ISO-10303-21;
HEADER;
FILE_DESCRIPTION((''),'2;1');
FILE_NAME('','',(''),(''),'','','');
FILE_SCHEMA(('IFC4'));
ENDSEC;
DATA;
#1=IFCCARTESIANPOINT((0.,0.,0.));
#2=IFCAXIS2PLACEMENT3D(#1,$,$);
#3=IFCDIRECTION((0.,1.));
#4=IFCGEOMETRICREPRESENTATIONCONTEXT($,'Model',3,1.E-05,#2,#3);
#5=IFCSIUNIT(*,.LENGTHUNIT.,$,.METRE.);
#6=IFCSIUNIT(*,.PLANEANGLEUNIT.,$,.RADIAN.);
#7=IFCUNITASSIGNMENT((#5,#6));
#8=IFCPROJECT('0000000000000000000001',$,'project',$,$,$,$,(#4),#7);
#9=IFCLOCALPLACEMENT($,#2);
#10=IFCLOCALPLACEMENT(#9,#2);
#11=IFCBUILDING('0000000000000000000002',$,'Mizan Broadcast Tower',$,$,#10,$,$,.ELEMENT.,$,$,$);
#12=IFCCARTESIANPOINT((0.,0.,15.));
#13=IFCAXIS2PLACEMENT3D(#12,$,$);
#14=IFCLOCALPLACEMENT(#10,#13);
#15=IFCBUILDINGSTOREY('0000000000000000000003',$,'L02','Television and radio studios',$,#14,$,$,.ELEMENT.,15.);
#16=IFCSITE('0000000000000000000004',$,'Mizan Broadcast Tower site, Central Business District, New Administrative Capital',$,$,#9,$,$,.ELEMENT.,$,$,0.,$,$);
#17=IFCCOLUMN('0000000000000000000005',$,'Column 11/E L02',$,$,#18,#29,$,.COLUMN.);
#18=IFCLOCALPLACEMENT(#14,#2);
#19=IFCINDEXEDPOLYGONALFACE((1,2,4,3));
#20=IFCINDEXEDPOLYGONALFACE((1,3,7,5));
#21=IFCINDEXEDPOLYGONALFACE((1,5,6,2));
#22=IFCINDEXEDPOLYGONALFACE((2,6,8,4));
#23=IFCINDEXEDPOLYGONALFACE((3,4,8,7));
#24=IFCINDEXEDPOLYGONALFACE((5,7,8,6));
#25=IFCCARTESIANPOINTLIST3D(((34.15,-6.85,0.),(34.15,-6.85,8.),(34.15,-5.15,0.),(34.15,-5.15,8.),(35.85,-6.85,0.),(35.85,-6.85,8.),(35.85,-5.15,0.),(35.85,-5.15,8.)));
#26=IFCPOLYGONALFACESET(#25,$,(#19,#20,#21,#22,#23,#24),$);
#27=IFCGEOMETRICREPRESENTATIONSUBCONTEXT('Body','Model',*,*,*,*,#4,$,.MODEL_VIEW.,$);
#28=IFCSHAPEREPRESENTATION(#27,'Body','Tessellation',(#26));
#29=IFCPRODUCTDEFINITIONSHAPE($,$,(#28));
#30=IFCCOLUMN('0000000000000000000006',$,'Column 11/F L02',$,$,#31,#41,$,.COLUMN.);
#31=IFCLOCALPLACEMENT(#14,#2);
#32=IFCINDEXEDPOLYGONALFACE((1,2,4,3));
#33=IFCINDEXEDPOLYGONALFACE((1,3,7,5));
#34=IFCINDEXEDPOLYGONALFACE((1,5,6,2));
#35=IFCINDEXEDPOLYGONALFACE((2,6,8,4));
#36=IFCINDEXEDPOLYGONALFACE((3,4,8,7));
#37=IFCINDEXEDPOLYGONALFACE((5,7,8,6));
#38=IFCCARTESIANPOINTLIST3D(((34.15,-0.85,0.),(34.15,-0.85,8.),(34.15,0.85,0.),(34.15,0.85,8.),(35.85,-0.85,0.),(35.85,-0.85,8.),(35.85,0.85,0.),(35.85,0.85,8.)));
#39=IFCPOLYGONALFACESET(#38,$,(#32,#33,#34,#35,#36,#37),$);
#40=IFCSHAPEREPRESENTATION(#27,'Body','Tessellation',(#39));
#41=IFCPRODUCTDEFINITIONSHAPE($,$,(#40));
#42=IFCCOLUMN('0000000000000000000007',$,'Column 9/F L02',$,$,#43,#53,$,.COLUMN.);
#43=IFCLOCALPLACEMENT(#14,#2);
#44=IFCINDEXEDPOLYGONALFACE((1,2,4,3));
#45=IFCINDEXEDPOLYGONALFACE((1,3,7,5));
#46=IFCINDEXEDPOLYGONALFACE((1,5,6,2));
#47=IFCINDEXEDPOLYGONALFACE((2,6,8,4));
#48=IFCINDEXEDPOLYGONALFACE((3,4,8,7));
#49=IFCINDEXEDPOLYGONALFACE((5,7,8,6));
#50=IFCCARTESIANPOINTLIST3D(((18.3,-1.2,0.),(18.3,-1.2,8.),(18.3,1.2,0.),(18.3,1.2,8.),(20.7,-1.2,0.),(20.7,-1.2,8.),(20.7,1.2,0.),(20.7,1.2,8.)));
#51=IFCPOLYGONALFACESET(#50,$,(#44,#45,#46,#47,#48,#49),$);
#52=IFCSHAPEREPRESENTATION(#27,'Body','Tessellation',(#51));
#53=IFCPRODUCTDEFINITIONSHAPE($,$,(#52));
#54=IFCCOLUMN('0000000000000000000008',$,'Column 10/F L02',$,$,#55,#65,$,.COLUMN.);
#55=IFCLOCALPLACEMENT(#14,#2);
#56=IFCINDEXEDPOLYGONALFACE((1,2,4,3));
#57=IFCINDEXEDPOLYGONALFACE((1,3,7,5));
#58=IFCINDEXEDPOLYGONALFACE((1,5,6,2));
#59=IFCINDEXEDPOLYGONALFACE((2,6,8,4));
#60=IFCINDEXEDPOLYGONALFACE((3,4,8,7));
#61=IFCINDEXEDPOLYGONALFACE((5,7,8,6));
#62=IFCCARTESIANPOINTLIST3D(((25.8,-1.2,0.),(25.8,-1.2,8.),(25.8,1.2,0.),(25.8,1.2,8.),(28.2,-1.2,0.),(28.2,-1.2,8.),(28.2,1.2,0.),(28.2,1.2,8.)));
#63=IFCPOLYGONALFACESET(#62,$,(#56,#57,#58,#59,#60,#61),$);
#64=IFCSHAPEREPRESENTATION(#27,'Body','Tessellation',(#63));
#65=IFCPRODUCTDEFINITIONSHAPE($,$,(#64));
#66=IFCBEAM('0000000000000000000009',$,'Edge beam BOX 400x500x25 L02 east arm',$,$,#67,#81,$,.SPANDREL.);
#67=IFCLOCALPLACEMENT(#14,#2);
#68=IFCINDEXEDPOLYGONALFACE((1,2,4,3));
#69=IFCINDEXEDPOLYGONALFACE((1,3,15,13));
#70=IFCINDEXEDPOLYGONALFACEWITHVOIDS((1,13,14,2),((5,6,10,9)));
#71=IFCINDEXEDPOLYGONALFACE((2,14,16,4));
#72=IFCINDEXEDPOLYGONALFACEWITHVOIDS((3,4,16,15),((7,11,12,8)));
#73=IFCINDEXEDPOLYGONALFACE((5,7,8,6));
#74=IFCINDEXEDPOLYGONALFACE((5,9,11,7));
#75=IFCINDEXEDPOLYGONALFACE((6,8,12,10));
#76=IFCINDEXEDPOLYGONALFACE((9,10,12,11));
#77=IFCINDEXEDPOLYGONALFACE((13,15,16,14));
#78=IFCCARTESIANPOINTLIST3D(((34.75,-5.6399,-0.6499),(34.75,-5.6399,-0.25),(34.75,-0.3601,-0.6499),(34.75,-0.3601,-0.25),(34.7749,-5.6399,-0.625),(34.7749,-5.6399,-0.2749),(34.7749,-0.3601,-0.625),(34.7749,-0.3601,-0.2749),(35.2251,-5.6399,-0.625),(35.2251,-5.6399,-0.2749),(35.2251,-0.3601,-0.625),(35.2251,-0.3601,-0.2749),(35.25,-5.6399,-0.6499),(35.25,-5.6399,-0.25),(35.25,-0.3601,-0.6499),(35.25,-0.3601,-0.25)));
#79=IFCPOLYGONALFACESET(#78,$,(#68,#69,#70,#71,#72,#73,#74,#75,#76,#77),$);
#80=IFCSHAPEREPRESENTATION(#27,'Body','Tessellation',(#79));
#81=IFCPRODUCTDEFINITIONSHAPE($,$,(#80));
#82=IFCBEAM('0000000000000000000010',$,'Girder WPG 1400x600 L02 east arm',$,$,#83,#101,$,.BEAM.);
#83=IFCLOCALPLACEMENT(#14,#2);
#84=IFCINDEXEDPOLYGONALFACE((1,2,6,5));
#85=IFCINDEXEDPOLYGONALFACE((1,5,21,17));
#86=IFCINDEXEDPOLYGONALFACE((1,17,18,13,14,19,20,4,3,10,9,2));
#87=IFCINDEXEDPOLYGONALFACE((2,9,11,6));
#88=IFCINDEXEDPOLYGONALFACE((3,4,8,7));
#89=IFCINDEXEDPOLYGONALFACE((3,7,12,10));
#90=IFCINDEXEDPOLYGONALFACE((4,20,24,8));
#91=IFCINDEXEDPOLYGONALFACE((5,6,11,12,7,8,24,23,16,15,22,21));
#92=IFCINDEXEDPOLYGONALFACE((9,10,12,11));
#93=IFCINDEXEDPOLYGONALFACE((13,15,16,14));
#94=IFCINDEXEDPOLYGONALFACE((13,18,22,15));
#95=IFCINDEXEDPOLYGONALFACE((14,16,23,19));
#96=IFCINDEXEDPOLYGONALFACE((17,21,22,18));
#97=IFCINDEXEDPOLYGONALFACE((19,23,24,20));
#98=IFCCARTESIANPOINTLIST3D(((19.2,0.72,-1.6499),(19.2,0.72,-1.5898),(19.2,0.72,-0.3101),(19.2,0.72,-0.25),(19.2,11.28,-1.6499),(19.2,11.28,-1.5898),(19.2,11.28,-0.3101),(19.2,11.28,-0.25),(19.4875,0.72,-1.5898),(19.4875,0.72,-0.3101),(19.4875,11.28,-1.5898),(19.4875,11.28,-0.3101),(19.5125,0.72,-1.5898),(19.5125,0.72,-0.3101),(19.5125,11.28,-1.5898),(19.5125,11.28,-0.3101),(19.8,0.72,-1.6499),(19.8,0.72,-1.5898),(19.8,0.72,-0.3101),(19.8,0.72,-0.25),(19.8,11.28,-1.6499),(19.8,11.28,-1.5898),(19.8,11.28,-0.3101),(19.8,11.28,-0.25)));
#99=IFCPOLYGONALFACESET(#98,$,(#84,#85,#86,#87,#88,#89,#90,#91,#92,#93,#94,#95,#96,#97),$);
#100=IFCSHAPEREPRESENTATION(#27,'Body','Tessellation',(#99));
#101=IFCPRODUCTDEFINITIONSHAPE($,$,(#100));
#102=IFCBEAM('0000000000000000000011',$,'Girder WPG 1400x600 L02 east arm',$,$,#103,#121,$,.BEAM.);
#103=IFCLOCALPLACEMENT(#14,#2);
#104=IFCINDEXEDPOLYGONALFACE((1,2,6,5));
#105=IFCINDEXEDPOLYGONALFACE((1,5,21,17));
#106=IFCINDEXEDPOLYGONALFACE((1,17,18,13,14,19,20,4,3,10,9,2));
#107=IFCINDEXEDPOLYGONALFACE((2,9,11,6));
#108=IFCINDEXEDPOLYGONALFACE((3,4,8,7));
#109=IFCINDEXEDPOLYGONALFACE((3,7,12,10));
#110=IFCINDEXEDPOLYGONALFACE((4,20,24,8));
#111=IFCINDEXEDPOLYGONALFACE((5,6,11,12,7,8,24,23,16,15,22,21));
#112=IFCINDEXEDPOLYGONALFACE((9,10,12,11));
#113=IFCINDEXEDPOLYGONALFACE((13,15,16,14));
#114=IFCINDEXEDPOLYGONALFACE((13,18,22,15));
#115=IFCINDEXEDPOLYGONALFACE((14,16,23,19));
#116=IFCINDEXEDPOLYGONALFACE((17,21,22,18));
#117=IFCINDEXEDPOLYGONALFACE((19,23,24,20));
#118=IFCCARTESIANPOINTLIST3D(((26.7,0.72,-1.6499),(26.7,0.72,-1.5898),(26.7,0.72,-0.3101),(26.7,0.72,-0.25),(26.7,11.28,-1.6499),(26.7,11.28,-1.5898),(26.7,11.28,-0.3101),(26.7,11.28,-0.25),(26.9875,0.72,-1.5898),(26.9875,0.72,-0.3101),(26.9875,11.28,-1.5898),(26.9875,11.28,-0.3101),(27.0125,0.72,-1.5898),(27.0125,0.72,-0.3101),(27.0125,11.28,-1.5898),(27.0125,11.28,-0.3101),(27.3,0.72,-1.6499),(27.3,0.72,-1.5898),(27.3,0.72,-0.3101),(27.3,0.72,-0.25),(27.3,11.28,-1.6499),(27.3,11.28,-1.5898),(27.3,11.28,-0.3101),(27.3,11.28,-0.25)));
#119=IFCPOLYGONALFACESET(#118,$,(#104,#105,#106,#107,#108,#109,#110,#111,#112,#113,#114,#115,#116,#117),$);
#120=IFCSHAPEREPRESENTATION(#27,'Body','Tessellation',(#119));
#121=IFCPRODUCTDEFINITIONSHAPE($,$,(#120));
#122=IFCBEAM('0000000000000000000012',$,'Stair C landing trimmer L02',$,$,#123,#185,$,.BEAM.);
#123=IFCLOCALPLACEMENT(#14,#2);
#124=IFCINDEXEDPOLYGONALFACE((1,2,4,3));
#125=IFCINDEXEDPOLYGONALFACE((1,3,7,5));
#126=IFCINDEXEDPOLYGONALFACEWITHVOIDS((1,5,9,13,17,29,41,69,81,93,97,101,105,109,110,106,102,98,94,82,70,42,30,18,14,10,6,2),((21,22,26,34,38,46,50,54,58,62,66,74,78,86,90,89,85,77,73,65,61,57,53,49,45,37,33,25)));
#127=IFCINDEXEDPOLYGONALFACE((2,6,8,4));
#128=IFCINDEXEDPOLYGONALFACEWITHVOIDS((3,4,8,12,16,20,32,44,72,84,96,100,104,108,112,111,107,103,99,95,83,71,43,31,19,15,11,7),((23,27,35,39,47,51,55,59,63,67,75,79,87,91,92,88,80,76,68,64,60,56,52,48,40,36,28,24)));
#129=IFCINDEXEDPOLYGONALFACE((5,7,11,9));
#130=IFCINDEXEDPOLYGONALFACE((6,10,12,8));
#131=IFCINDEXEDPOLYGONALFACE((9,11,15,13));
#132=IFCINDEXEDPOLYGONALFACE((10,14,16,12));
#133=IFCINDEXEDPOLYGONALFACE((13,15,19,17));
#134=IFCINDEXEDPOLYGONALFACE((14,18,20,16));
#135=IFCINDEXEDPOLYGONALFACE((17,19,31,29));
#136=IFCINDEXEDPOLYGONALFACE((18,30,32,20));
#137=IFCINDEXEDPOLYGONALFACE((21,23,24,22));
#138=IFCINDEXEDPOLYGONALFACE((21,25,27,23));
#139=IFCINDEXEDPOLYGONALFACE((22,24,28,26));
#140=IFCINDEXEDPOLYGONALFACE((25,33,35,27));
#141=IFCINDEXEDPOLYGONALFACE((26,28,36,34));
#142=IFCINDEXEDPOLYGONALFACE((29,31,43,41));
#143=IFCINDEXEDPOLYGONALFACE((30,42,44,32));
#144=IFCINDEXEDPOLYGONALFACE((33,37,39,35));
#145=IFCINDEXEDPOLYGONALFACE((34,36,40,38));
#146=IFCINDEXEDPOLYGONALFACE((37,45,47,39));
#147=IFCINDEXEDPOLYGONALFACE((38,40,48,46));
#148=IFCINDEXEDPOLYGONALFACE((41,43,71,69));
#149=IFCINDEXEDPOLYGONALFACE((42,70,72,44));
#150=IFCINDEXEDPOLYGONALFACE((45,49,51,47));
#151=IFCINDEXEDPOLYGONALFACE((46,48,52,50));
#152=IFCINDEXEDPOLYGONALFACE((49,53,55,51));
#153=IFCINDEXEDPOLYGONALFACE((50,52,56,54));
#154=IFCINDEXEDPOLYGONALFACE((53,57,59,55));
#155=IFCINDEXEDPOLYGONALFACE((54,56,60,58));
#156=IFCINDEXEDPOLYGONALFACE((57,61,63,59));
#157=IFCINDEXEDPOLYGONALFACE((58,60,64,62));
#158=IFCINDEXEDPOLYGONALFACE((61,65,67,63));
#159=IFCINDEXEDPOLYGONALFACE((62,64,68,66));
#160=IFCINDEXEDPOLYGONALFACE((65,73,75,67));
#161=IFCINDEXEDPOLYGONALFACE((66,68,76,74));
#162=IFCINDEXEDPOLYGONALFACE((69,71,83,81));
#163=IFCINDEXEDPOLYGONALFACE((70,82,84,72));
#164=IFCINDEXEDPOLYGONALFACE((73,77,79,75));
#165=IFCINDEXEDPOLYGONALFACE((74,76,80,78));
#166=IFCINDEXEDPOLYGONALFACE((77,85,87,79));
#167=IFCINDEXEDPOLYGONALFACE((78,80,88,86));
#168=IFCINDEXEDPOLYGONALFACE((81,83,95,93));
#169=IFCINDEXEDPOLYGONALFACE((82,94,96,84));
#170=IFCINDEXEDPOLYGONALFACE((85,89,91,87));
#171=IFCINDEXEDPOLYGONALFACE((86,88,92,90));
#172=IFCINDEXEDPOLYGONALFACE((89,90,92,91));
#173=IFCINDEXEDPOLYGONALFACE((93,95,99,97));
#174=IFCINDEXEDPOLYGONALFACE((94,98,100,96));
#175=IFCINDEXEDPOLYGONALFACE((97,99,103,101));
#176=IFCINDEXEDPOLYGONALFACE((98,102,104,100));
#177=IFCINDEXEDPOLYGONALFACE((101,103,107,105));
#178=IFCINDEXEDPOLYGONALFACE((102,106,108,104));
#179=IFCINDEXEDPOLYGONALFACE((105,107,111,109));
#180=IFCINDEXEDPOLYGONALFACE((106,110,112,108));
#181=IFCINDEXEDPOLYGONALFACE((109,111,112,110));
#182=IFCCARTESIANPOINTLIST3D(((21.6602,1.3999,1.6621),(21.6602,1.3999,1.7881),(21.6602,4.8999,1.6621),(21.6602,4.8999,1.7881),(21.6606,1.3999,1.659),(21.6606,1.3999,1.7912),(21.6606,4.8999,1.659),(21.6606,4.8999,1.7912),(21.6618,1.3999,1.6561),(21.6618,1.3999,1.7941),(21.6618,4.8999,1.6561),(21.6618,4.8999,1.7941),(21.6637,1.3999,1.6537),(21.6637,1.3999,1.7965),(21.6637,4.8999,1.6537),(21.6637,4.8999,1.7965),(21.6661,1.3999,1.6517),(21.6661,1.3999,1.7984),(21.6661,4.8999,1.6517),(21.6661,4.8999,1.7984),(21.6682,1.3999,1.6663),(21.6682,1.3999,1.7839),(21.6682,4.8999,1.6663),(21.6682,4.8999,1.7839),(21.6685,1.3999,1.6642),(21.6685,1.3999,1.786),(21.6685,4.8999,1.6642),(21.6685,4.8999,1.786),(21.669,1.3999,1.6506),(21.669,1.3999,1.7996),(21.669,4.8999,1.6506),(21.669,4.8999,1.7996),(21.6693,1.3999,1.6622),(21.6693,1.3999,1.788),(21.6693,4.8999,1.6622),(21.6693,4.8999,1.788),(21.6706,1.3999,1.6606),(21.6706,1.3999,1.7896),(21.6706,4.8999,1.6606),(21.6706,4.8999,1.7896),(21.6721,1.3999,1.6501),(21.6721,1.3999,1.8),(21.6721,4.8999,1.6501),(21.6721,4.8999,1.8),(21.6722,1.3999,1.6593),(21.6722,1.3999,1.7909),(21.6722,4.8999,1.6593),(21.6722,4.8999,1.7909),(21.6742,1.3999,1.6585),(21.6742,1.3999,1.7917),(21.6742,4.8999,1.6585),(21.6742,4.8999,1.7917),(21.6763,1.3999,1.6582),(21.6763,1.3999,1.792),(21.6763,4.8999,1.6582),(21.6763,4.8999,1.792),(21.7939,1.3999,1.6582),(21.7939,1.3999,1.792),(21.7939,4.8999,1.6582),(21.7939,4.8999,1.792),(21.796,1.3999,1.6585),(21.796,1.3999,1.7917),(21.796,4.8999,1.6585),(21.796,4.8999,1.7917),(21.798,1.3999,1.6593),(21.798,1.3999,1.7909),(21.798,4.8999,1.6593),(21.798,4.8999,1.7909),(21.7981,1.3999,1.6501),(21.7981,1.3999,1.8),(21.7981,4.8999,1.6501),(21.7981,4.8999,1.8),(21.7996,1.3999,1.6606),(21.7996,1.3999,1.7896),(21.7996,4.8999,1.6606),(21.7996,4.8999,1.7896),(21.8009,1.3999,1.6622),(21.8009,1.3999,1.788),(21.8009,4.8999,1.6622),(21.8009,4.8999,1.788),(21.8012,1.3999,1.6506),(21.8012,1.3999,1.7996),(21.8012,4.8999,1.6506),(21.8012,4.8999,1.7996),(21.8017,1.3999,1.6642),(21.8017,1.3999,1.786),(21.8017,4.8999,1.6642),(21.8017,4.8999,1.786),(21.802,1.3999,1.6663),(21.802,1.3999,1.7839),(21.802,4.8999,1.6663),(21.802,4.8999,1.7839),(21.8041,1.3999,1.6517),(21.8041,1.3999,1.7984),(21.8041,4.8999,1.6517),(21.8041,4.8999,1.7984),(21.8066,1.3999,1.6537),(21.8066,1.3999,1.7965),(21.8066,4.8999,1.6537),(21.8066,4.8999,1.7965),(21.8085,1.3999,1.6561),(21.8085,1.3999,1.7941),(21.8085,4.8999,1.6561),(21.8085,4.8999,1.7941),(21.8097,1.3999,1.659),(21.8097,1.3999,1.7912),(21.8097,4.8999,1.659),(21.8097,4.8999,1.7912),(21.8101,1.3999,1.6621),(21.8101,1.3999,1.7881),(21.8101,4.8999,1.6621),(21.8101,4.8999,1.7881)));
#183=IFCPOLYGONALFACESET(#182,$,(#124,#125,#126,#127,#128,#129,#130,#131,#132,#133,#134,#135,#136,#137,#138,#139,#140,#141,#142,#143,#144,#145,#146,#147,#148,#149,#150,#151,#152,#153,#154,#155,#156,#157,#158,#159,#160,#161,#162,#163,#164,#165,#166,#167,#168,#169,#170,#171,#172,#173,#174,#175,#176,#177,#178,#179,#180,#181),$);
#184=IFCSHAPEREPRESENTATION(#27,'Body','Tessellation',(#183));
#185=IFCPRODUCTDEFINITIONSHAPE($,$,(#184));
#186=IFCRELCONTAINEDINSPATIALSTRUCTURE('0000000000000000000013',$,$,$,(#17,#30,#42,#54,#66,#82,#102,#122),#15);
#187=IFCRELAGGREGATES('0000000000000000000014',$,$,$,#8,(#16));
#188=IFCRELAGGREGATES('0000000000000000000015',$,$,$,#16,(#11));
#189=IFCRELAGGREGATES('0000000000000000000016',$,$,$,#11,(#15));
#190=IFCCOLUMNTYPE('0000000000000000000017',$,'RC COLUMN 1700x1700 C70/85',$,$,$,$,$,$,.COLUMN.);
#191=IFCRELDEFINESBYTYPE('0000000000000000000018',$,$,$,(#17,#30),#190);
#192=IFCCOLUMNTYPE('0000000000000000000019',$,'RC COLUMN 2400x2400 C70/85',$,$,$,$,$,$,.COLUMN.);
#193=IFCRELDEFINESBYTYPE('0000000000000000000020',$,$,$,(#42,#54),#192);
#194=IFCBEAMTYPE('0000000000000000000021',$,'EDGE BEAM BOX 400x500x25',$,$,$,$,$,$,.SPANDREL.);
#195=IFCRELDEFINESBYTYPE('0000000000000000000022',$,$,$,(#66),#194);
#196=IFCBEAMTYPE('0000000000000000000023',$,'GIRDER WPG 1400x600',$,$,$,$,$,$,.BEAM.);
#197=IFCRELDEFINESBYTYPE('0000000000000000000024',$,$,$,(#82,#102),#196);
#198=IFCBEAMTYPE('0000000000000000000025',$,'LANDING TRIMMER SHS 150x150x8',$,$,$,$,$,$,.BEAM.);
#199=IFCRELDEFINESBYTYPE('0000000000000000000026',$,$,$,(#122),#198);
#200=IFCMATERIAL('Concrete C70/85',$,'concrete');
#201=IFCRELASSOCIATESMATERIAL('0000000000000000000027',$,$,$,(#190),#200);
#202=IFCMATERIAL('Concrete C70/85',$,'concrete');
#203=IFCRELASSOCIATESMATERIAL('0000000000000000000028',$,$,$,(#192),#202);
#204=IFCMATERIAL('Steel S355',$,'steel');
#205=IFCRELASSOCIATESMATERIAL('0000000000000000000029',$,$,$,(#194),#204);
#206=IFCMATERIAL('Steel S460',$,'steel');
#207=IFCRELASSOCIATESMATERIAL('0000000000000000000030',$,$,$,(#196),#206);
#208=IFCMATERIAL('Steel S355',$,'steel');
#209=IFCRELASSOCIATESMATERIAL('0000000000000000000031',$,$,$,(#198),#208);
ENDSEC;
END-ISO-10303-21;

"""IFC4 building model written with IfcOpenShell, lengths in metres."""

from ifc_helpers import new_model, si_unit, direction, frame, origin, origin_2d, place, context, subcontext, project, spatial, rectangle, hollow_rectangle, i_section, extrude, material, material_profile, profile_set, type_object, element, save


model = new_model("IFC4")

# Units and contexts
model_context = context("Model", 3, precision=1e-05, world=origin(), true_north=direction((0.0, 1.0)))
body_context = subcontext(model_context, "Body", "Model", "MODEL_VIEW")
ifc_project = project(units=[si_unit("LENGTHUNIT", "METRE"), si_unit("PLANEANGLEUNIT", "RADIAN")], contexts=[model_context])

# Site, building, storey
site_placement = place(None, origin())
site = spatial("IfcSite", under=ifc_project, at=site_placement, Name="Mizan Broadcast Tower site, Central Business District, New Administrative Capital", CompositionType="ELEMENT", RefElevation=0.0)
building_placement = place(site_placement, origin())
building = spatial("IfcBuilding", under=site, at=building_placement, Name="Mizan Broadcast Tower", CompositionType="ELEMENT")
storey_placement = place(building_placement, frame((0.0, 0.0, 15.0)))
storey = spatial("IfcBuildingStorey", under=building, at=storey_placement, Name="L02", Description="Television and radio studios", CompositionType="ELEMENT", Elevation=15.0)

# Columns
ifc_material_1 = material(Name="Concrete C70/85", Category="concrete")
ifc_material_profile_1 = material_profile(ifc_material_1, rectangle(XDim=1.7, YDim=1.7, at=origin_2d()), Name="RC 1700x1700")
ifc_profile_set_1 = profile_set([ifc_material_profile_1], Name="Concrete C70/85")
column_type_1 = type_object("IfcColumnType", Name="RC COLUMN 1700x1700 C70/85", PredefinedType="COLUMN", material=ifc_profile_set_1)
for number, where, z_axis, x_axis, name in (
    (1, (35.0, -6.0, 0.0), (0.0, 0.0, 1.0), (1.0, 0.0, 0.0), "Column 11/E L02"),
    (2, (35.0, 0.0, 0.0), (0.0, 0.0, 1.0), (1.0, 0.0, 0.0), "Column 11/F L02"),
):
    element("IfcColumn", number, at=place(storey_placement, frame(where, z_axis=z_axis, x_axis=x_axis)), inside=storey, type_object=column_type_1, Name=name, PredefinedType="COLUMN", context=body_context, shape_type="SweptSolid", body=[
        extrude(rectangle(XDim=1.7, YDim=1.7, at=origin_2d()), origin(), (0.0, 0.0, 1.0), 8.0),
    ])
ifc_material_2 = material(Name="Concrete C70/85", Category="concrete")
ifc_material_profile_2 = material_profile(ifc_material_2, rectangle(XDim=2.3999, YDim=2.3999, at=origin_2d()), Name="RC 2400x2400")
ifc_profile_set_2 = profile_set([ifc_material_profile_2], Name="Concrete C70/85")
column_type_2 = type_object("IfcColumnType", Name="RC COLUMN 2400x2400 C70/85", PredefinedType="COLUMN", material=ifc_profile_set_2)
for number, where, z_axis, x_axis, name in (
    (3, (19.5, 0.0, 0.0), (0.0, 0.0, 1.0), (1.0, 0.0, 0.0), "Column 9/F L02"),
    (4, (27.0, 0.0, 0.0), (0.0, 0.0, 1.0), (1.0, 0.0, 0.0), "Column 10/F L02"),
):
    element("IfcColumn", number, at=place(storey_placement, frame(where, z_axis=z_axis, x_axis=x_axis)), inside=storey, type_object=column_type_2, Name=name, PredefinedType="COLUMN", context=body_context, shape_type="SweptSolid", body=[
        extrude(rectangle(XDim=2.3999, YDim=2.3999, at=origin_2d()), origin(), (0.0, 0.0, 1.0), 8.0),
    ])

# Beams
ifc_material_3 = material(Name="Steel S355", Category="steel")
ifc_material_profile_3 = material_profile(ifc_material_3, hollow_rectangle(XDim=0.5, YDim=0.3999, WallThickness=0.0249, at=origin_2d()), Name="BOX 400x500x25")
ifc_profile_set_3 = profile_set([ifc_material_profile_3], Name="Steel S355")
beam_type_1 = type_object("IfcBeamType", Name="EDGE BEAM BOX 400x500x25", PredefinedType="SPANDREL", material=ifc_profile_set_3)
beam_1_placement = place(storey_placement, frame((35.0, -5.6399, -0.45), z_axis=(0.0, 1.0, 0.0), x_axis=(-1.0, 0.0, 0.0)))
element("IfcBeam", 5, at=beam_1_placement, inside=storey, type_object=beam_type_1, Name="Edge beam BOX 400x500x25 L02 east arm", PredefinedType="SPANDREL", context=body_context, shape_type="SweptSolid", body=[
    extrude(hollow_rectangle(XDim=0.5, YDim=0.3999, WallThickness=0.0249, at=origin_2d()), origin(), (0.0, 0.0, 1.0), 5.2798),
])
ifc_material_4 = material(Name="Steel S460", Category="steel")
ifc_material_profile_4 = material_profile(ifc_material_4, i_section(OverallWidth=0.6001, OverallDepth=1.3999, WebThickness=0.0249, FlangeThickness=0.0601, at=origin_2d()), Name="WPG 1400x600")
ifc_profile_set_4 = profile_set([ifc_material_profile_4], Name="Steel S460")
beam_type_2 = type_object("IfcBeamType", Name="GIRDER WPG 1400x600", PredefinedType="BEAM", material=ifc_profile_set_4)
for number, where, z_axis, x_axis, name in (
    (6, (19.5, 0.72, -0.95), (0.0, 1.0, 0.0), (-1.0, 0.0, 0.0), "Girder WPG 1400x600 L02 east arm"),
    (7, (27.0, 0.72, -0.95), (0.0, 1.0, 0.0), (-1.0, 0.0, 0.0), "Girder WPG 1400x600 L02 east arm"),
):
    element("IfcBeam", number, at=place(storey_placement, frame(where, z_axis=z_axis, x_axis=x_axis)), inside=storey, type_object=beam_type_2, Name=name, PredefinedType="BEAM", context=body_context, shape_type="SweptSolid", body=[
        extrude(i_section(OverallWidth=0.6001, OverallDepth=1.3999, WebThickness=0.0249, FlangeThickness=0.0601, at=origin_2d()), origin(), (0.0, 0.0, 1.0), 10.5601),
    ])
ifc_material_5 = material(Name="Steel S355", Category="steel")
ifc_material_profile_5 = material_profile(ifc_material_5, hollow_rectangle(XDim=0.1499, YDim=0.1499, WallThickness=0.0081, InnerFilletRadius=0.0081, OuterFilletRadius=0.012, at=origin_2d()), Name="SHS 150x150x8")
ifc_profile_set_5 = profile_set([ifc_material_profile_5], Name="Steel S355")
beam_type_3 = type_object("IfcBeamType", Name="LANDING TRIMMER SHS 150x150x8", PredefinedType="BEAM", material=ifc_profile_set_5)
for number, where, z_axis, x_axis, name in (
    (8, (21.7351, 1.3999, 1.7251), (0.0, 1.0, 0.0), (-1.0, 0.0, 0.0), "Stair C landing trimmer L02"),
):
    element("IfcBeam", number, at=place(storey_placement, frame(where, z_axis=z_axis, x_axis=x_axis)), inside=storey, type_object=beam_type_3, Name=name, PredefinedType="BEAM", context=body_context, shape_type="SweptSolid", body=[
        extrude(hollow_rectangle(XDim=0.1499, YDim=0.1499, WallThickness=0.0081, InnerFilletRadius=0.0081, OuterFilletRadius=0.012, at=origin_2d()), origin(), (0.0, 0.0, 1.0), 3.5),
    ])

save(model, "model.ifc")
